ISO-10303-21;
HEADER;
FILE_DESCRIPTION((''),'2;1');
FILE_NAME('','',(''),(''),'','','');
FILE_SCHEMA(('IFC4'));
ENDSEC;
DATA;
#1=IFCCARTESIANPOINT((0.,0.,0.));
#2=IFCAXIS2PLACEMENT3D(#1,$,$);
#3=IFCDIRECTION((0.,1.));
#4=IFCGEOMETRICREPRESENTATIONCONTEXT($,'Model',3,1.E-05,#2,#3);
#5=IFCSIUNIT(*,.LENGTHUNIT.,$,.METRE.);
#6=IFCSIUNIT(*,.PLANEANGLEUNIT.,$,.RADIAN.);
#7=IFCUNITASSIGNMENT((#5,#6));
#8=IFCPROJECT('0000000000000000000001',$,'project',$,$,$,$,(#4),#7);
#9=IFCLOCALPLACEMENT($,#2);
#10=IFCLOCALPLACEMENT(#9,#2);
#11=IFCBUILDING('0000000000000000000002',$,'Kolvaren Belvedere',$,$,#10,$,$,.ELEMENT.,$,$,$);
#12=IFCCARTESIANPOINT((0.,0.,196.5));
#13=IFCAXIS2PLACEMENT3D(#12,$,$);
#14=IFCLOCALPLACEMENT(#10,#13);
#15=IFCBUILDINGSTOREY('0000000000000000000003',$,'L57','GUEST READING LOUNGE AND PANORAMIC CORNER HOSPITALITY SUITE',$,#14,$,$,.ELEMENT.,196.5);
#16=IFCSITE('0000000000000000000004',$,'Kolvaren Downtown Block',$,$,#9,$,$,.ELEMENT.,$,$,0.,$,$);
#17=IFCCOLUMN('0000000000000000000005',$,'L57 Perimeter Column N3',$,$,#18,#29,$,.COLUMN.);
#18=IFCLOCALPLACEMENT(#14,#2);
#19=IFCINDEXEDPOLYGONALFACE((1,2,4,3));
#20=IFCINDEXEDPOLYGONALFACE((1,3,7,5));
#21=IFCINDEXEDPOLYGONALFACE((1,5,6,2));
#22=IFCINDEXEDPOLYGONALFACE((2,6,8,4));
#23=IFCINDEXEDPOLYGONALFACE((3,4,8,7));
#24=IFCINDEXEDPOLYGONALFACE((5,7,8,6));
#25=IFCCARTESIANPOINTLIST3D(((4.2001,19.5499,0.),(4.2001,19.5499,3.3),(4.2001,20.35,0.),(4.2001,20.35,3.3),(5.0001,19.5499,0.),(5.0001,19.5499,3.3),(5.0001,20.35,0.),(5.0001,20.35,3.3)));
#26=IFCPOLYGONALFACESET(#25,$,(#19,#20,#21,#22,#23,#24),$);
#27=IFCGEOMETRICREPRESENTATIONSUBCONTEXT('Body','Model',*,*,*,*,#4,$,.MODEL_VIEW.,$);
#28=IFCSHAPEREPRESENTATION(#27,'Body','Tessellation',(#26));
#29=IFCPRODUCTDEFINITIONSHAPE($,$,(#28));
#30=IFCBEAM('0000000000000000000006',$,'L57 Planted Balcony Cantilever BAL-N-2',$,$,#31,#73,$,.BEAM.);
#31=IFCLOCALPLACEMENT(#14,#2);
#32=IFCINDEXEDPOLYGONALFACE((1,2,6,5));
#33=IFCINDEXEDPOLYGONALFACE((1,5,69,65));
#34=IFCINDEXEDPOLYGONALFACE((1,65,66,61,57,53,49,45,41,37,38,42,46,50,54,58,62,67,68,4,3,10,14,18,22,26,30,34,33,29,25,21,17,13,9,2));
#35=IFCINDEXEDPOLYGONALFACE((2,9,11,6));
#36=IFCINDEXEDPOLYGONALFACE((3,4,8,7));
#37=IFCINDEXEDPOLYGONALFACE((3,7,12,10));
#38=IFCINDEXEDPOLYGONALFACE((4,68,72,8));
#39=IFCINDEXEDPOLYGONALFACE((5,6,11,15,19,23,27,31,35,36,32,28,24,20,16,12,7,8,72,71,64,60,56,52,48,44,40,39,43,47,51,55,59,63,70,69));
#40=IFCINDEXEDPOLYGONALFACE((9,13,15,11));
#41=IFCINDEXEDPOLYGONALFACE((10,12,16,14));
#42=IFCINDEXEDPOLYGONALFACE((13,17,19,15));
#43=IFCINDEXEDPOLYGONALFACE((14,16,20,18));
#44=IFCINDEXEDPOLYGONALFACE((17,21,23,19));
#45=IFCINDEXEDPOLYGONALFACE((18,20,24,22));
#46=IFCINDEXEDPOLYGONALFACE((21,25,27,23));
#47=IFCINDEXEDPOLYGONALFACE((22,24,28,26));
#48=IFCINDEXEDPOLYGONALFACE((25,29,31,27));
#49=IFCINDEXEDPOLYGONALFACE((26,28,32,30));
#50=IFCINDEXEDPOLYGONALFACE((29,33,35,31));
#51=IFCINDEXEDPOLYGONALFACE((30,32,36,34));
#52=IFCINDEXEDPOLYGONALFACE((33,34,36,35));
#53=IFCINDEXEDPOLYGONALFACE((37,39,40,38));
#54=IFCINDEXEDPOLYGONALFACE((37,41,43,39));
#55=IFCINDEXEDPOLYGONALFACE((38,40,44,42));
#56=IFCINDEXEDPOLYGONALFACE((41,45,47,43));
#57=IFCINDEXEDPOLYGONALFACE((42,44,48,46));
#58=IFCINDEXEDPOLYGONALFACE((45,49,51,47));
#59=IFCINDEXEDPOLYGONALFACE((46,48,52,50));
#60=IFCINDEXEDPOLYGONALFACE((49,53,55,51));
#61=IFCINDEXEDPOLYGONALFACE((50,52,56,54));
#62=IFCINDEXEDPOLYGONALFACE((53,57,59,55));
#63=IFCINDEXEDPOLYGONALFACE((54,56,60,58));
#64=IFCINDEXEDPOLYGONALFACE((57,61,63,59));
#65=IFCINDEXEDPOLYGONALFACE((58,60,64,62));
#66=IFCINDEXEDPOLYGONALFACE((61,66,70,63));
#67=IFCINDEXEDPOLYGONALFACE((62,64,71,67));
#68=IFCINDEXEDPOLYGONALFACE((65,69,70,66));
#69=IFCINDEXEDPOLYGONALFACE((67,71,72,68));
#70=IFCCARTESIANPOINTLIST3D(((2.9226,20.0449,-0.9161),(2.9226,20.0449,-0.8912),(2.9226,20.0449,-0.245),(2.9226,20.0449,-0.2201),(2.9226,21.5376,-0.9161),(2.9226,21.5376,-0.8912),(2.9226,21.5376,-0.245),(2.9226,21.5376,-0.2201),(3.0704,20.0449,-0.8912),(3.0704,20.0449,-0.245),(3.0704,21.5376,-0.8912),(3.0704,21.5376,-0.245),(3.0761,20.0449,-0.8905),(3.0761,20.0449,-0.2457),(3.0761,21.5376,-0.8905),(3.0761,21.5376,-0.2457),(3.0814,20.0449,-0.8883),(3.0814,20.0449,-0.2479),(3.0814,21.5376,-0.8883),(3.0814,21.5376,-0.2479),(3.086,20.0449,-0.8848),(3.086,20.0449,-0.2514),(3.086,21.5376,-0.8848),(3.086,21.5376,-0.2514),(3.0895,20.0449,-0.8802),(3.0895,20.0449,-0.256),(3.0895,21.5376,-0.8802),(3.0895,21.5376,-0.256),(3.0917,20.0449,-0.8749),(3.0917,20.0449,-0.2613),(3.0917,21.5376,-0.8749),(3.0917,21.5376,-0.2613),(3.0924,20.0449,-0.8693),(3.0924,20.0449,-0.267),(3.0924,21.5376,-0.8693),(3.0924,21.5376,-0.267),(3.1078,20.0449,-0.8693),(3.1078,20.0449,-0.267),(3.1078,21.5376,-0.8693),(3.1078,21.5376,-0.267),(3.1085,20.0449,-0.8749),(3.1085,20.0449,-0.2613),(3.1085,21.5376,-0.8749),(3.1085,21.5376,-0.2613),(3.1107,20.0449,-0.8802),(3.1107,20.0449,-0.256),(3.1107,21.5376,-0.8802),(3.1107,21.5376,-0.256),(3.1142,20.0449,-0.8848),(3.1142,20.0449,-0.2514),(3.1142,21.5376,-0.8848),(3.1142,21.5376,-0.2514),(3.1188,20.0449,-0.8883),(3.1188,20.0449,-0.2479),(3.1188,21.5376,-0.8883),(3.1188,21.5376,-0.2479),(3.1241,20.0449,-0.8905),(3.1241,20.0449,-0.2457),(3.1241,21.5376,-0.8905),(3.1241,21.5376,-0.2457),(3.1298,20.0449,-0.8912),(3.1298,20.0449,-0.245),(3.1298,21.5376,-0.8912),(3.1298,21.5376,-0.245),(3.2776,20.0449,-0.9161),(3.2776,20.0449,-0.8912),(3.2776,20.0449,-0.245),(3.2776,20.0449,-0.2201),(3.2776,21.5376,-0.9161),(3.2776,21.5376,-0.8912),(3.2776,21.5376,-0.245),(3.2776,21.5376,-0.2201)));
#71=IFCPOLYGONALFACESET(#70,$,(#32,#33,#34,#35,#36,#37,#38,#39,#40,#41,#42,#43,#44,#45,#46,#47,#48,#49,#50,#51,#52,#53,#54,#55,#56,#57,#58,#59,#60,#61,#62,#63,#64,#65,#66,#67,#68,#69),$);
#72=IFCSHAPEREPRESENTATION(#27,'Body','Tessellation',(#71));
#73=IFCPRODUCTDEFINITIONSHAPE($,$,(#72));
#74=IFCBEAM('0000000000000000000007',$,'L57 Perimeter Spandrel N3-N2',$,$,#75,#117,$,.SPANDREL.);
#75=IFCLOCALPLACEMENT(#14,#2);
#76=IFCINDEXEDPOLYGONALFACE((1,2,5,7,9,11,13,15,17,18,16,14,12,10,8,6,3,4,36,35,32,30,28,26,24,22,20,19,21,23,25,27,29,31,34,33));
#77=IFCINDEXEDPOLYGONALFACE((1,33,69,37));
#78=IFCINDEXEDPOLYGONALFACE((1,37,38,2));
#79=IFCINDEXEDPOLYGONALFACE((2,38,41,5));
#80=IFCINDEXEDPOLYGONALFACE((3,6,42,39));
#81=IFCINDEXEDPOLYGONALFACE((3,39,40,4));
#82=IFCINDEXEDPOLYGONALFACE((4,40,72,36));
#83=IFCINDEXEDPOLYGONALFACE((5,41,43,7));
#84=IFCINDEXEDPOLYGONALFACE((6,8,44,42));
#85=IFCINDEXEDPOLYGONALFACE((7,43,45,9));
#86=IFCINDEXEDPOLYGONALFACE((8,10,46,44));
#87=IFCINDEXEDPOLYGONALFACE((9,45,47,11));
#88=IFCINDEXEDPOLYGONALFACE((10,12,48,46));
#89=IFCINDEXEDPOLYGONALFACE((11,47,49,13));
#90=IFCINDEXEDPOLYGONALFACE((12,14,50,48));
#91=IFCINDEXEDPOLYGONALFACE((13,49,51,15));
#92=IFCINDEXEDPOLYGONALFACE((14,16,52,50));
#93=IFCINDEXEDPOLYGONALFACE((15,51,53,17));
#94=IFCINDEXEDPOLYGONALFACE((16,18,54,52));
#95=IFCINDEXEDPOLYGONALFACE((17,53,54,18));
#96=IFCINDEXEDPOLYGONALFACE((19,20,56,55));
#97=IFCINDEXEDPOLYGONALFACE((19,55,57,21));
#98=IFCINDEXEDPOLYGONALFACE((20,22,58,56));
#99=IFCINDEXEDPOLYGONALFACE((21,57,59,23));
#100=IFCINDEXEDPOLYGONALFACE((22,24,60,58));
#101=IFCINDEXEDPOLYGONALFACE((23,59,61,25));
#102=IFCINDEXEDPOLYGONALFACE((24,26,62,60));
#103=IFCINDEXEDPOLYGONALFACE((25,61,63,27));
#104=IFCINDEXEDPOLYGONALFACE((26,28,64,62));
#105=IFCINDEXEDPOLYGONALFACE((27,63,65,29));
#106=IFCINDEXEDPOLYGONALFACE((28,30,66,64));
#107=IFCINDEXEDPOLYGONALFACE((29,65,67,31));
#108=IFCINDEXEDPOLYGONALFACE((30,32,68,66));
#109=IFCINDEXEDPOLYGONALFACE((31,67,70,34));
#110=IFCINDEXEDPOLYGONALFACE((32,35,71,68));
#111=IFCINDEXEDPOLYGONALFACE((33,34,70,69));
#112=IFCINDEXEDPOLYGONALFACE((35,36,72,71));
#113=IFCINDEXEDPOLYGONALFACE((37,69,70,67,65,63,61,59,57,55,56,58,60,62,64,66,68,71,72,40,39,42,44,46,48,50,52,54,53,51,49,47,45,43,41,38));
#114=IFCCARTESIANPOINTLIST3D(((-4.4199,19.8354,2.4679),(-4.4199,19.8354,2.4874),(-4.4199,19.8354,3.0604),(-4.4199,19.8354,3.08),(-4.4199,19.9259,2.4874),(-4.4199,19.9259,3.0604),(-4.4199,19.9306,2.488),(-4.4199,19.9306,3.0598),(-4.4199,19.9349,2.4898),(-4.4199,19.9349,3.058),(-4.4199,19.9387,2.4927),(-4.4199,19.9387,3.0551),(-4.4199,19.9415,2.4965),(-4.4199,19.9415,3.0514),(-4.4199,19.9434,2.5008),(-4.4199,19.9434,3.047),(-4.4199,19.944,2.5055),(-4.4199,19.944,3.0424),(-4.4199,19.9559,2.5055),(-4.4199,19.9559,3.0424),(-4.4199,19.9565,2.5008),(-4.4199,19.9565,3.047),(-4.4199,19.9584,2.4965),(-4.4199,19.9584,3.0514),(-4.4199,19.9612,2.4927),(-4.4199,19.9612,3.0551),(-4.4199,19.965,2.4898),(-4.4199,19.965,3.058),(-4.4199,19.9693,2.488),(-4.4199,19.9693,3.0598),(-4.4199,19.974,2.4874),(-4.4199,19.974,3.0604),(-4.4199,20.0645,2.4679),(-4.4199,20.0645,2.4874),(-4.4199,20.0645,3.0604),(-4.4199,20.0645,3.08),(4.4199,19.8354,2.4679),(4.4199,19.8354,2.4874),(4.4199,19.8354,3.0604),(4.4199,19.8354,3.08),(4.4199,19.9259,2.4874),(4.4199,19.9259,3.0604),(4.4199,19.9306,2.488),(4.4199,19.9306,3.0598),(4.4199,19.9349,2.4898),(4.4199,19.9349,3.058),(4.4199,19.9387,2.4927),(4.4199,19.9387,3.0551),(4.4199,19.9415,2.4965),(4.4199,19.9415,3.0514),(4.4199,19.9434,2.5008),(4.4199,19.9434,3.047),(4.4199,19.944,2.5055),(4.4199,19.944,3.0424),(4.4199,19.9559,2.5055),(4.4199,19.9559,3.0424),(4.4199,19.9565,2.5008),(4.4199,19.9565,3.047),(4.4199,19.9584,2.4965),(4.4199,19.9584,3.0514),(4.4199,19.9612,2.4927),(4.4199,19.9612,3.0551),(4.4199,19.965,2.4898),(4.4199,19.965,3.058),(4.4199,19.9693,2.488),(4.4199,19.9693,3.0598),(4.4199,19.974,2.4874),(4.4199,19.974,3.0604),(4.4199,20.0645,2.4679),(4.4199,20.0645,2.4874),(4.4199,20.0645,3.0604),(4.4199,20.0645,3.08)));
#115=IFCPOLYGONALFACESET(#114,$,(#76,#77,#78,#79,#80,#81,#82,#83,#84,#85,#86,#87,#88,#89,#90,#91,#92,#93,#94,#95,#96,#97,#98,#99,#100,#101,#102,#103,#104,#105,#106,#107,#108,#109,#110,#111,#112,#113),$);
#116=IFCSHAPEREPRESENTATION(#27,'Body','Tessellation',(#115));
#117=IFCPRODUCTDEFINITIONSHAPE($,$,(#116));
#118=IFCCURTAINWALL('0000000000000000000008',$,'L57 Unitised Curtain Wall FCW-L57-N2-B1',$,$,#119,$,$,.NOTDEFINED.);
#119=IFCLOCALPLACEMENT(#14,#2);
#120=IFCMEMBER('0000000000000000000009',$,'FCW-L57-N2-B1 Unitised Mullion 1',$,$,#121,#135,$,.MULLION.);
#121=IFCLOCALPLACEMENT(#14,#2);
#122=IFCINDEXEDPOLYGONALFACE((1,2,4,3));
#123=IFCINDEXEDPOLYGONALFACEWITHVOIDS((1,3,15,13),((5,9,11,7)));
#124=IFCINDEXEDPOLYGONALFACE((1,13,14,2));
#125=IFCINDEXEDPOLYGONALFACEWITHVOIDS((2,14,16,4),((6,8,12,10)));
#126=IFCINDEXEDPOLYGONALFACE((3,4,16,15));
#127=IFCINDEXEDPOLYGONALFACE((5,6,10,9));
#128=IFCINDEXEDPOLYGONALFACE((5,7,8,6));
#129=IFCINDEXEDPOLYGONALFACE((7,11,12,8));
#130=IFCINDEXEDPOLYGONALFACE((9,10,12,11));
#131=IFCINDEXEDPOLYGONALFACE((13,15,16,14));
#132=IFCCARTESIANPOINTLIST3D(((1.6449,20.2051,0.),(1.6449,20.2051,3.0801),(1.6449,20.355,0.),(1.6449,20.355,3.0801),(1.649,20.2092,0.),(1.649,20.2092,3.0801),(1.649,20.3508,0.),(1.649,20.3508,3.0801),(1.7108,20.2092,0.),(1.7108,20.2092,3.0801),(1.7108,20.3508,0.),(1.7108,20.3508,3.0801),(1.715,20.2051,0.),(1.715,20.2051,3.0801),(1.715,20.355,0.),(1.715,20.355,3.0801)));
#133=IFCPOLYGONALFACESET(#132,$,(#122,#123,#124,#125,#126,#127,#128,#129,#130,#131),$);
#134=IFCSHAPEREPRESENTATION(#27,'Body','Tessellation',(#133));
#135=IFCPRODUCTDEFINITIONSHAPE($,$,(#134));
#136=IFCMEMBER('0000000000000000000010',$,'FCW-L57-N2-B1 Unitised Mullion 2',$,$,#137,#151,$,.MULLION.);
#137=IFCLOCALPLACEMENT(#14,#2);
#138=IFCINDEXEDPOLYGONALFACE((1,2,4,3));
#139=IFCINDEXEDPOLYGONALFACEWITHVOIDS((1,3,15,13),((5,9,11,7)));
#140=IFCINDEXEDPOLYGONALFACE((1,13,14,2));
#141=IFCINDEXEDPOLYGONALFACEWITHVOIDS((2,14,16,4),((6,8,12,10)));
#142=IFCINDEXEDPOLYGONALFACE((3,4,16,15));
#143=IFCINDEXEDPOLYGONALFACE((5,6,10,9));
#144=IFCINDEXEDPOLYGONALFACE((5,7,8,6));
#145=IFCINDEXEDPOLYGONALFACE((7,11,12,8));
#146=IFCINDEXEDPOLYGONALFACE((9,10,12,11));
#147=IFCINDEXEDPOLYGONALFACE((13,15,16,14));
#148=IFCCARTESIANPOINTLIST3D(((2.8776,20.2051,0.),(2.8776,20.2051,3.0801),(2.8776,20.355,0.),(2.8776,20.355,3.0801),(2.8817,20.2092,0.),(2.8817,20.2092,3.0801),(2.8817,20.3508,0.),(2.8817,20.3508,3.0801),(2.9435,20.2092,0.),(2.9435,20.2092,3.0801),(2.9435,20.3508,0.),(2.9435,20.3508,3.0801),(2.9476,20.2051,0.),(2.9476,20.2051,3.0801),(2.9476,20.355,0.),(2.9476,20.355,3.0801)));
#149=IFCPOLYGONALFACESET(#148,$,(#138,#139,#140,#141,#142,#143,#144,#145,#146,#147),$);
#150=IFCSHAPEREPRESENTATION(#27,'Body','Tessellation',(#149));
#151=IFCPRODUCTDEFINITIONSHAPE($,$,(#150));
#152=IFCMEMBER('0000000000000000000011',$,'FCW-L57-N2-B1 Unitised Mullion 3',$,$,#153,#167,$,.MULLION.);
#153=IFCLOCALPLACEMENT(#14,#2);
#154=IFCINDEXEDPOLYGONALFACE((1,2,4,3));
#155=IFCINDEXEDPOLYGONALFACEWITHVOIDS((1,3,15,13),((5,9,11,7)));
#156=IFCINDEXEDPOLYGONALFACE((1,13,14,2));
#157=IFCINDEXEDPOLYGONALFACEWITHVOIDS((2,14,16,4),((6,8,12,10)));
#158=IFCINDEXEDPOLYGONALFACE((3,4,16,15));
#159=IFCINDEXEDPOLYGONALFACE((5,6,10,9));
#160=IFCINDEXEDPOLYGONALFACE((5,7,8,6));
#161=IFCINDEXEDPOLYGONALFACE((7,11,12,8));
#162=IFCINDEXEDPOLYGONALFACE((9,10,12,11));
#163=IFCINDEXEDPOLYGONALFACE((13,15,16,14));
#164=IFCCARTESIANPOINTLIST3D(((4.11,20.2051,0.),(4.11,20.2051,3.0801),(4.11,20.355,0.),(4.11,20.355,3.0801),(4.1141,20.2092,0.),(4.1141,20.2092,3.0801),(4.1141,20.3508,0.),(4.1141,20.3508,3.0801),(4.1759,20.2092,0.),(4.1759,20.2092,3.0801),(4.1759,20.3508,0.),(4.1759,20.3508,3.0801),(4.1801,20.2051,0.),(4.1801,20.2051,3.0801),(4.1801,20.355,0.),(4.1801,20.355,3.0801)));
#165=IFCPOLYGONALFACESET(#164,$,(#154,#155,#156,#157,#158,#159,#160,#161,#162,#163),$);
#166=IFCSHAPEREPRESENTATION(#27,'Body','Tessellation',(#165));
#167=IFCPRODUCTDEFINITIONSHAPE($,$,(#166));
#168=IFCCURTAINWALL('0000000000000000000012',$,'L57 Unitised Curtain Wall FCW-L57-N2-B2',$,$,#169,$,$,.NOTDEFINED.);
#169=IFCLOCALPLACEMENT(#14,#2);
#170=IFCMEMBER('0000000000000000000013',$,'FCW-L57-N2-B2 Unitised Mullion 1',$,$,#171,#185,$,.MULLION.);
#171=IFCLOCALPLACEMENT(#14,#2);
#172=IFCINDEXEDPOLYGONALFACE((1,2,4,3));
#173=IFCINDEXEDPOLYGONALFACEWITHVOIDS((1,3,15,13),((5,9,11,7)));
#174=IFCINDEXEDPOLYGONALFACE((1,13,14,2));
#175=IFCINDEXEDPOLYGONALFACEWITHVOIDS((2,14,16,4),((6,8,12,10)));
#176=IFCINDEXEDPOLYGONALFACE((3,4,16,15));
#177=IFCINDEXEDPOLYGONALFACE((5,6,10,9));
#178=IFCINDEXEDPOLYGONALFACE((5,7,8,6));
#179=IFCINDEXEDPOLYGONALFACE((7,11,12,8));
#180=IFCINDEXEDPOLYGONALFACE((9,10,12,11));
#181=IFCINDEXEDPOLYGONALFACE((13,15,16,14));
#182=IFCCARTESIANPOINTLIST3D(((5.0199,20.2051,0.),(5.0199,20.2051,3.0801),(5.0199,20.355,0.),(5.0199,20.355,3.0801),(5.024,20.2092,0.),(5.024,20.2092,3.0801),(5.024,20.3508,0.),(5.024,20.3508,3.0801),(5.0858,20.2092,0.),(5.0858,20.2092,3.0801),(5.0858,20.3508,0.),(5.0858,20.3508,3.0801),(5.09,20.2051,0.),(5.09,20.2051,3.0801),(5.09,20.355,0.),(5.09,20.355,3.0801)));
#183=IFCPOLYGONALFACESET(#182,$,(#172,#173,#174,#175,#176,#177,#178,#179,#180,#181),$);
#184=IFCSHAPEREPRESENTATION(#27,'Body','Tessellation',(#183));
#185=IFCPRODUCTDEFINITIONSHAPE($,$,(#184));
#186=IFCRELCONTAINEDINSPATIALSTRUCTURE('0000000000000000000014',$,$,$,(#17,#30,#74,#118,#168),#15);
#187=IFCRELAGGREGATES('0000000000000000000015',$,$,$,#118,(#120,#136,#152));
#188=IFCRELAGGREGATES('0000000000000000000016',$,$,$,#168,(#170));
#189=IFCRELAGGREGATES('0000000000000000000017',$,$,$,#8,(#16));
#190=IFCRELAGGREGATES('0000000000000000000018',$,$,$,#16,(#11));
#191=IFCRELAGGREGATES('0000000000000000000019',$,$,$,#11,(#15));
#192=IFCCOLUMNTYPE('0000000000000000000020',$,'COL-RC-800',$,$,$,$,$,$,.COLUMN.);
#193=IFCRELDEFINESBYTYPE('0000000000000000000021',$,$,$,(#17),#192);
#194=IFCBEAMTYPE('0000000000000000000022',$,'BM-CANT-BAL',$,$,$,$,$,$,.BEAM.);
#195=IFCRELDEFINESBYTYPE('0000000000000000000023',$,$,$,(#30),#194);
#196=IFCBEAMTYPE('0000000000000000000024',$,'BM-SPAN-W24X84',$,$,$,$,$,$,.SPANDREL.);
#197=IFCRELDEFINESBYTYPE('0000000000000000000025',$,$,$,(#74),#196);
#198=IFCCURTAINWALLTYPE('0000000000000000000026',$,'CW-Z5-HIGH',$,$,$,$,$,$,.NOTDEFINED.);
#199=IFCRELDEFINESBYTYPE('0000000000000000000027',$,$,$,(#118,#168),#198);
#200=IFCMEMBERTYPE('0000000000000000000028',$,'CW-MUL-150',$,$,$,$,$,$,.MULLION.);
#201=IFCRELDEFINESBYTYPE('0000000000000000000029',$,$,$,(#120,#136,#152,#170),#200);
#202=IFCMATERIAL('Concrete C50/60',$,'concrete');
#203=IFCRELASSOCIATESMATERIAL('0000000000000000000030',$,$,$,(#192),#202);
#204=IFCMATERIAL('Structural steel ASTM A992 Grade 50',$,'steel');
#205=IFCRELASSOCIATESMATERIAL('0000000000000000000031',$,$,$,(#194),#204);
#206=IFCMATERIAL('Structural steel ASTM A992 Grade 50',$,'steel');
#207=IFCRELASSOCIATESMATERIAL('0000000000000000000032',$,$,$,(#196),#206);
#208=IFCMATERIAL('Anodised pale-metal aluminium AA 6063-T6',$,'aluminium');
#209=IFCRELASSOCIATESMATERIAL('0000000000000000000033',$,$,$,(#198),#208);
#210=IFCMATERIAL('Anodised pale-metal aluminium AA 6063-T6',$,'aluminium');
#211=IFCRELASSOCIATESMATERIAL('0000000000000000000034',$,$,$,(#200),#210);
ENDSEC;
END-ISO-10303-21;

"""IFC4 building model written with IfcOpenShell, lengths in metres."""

from ifc_helpers import new_model, si_unit, direction, frame, origin, origin_2d, place, context, subcontext, project, spatial, rectangle, hollow_rectangle, i_section, extrude, material, material_profile, profile_set, type_object, element, aggregate, save


model = new_model("IFC4")

# Units and contexts
model_context = context("Model", 3, precision=1e-05, world=origin(), true_north=direction((0.0, 1.0)))
body_context = subcontext(model_context, "Body", "Model", "MODEL_VIEW")
ifc_project = project(units=[si_unit("LENGTHUNIT", "METRE"), si_unit("PLANEANGLEUNIT", "RADIAN")], contexts=[model_context])

# Site, building, storey
site_placement = place(None, origin())
site = spatial("IfcSite", under=ifc_project, at=site_placement, Name="Kolvaren Downtown Block", CompositionType="ELEMENT", RefElevation=0.0)
building_placement = place(site_placement, origin())
building = spatial("IfcBuilding", under=site, at=building_placement, Name="Kolvaren Belvedere", CompositionType="ELEMENT")
storey_placement = place(building_placement, frame((0.0, 0.0, 196.5)))
storey = spatial("IfcBuildingStorey", under=building, at=storey_placement, Name="L57", Description="GUEST READING LOUNGE AND PANORAMIC CORNER HOSPITALITY SUITE", CompositionType="ELEMENT", Elevation=196.5)

# Column
ifc_material_1 = material(Name="Concrete C50/60", Category="concrete")
ifc_material_profile_1 = material_profile(ifc_material_1, rectangle(XDim=0.8, YDim=0.8, at=origin_2d()), Name="RC 800X800")
ifc_profile_set_1 = profile_set([ifc_material_profile_1], Name="Concrete C50/60")
column_type = type_object("IfcColumnType", Name="COL-RC-800", PredefinedType="COLUMN", material=ifc_profile_set_1)
column_placement = place(storey_placement, frame((4.6001, 19.95, 0.0), z_axis=(0.0, 0.0, 1.0), x_axis=(1.0, 0.0, 0.0)))
element("IfcColumn", 1, at=column_placement, inside=storey, type_object=column_type, Name="L57 Perimeter Column N3", PredefinedType="COLUMN", context=body_context, shape_type="SweptSolid", body=[
    extrude(rectangle(XDim=0.8, YDim=0.8, at=origin_2d()), origin(), (0.0, 0.0, 1.0), 3.3),
])

# Beams
ifc_material_2 = material(Name="Structural steel ASTM A992 Grade 50", Category="steel")
ifc_material_profile_2 = material_profile(ifc_material_2, i_section(OverallWidth=0.355, OverallDepth=0.696, WebThickness=0.0154, FlangeThickness=0.0249, FilletRadius=0.022, at=origin_2d()), Name="W27X146")
ifc_profile_set_2 = profile_set([ifc_material_profile_2], Name="Structural steel ASTM A992 Grade 50")
beam_type_1 = type_object("IfcBeamType", Name="BM-CANT-BAL", PredefinedType="BEAM", material=ifc_profile_set_2)
beam_1_placement = place(storey_placement, frame((3.1001, 20.0449, -0.5681), z_axis=(0.0, 1.0, 0.0), x_axis=(-1.0, 0.0, 0.0)))
element("IfcBeam", 2, at=beam_1_placement, inside=storey, type_object=beam_type_1, Name="L57 Planted Balcony Cantilever BAL-N-2", PredefinedType="BEAM", context=body_context, shape_type="SweptSolid", body=[
    extrude(i_section(OverallWidth=0.355, OverallDepth=0.696, WebThickness=0.0154, FlangeThickness=0.0249, FilletRadius=0.022, at=origin_2d()), origin(), (0.0, 0.0, 1.0), 1.4927),
])
ifc_material_3 = material(Name="Structural steel ASTM A992 Grade 50", Category="steel")
ifc_material_profile_3 = material_profile(ifc_material_3, i_section(OverallWidth=0.229, OverallDepth=0.6121, WebThickness=0.012, FlangeThickness=0.0195, FilletRadius=0.0181, at=origin_2d()), Name="W24X84")
ifc_profile_set_3 = profile_set([ifc_material_profile_3], Name="Structural steel ASTM A992 Grade 50")
beam_type_2 = type_object("IfcBeamType", Name="BM-SPAN-W24X84", PredefinedType="SPANDREL", material=ifc_profile_set_3)
beam_2_placement = place(storey_placement, frame((4.4199, 19.95, 2.7739), z_axis=(-1.0, 0.0, 0.0), x_axis=(0.0, -1.0, 0.0)))
element("IfcBeam", 3, at=beam_2_placement, inside=storey, type_object=beam_type_2, Name="L57 Perimeter Spandrel N3-N2", PredefinedType="SPANDREL", context=body_context, shape_type="SweptSolid", body=[
    extrude(i_section(OverallWidth=0.229, OverallDepth=0.6121, WebThickness=0.012, FlangeThickness=0.0195, FilletRadius=0.0181, at=origin_2d()), origin(), (0.0, 0.0, 1.0), 8.8398),
])

# Curtain wall, members
ifc_material_4 = material(Name="Anodised pale-metal aluminium AA 6063-T6", Category="aluminium")
curtain_wall_type = type_object("IfcCurtainWallType", Name="CW-Z5-HIGH", PredefinedType="NOTDEFINED", material=ifc_material_4)
curtain_wall_1_placement = place(storey_placement, origin())
curtain_wall_1 = element("IfcCurtainWall", 4, at=curtain_wall_1_placement, inside=storey, type_object=curtain_wall_type, Name="L57 Unitised Curtain Wall FCW-L57-N2-B1", PredefinedType="NOTDEFINED")
ifc_material_5 = material(Name="Anodised pale-metal aluminium AA 6063-T6", Category="aluminium")
ifc_material_profile_4 = material_profile(ifc_material_5, hollow_rectangle(XDim=0.0701, YDim=0.1499, WallThickness=0.0042, at=origin_2d()), Name="ALU-MUL-150X70")
ifc_profile_set_4 = profile_set([ifc_material_profile_4], Name="Anodised pale-metal aluminium AA 6063-T6")
member_type_1 = type_object("IfcMemberType", Name="CW-MUL-150", PredefinedType="MULLION", material=ifc_profile_set_4)
member_1_placement = place(storey_placement, frame((1.6799, 20.28, 0.0), z_axis=(0.0, 0.0, 1.0), x_axis=(1.0, 0.0, 0.0)))
member_1 = element("IfcMember", 5, at=member_1_placement, type_object=member_type_1, Name="FCW-L57-N2-B1 Unitised Mullion 1", PredefinedType="MULLION", context=body_context, shape_type="SweptSolid", body=[
    extrude(hollow_rectangle(XDim=0.0701, YDim=0.1499, WallThickness=0.0042, at=origin_2d()), origin(), (0.0, 0.0, 1.0), 3.0801),
])
member_2_placement = place(storey_placement, frame((2.9126, 20.28, 0.0), z_axis=(0.0, 0.0, 1.0), x_axis=(1.0, 0.0, 0.0)))
member_2 = element("IfcMember", 6, at=member_2_placement, type_object=member_type_1, Name="FCW-L57-N2-B1 Unitised Mullion 2", PredefinedType="MULLION", context=body_context, shape_type="SweptSolid", body=[
    extrude(hollow_rectangle(XDim=0.0701, YDim=0.1499, WallThickness=0.0042, at=origin_2d()), origin(), (0.0, 0.0, 1.0), 3.0801),
])
member_3_placement = place(storey_placement, frame((4.145, 20.28, 0.0), z_axis=(0.0, 0.0, 1.0), x_axis=(1.0, 0.0, 0.0)))
member_3 = element("IfcMember", 7, at=member_3_placement, type_object=member_type_1, Name="FCW-L57-N2-B1 Unitised Mullion 3", PredefinedType="MULLION", context=body_context, shape_type="SweptSolid", body=[
    extrude(hollow_rectangle(XDim=0.0701, YDim=0.1499, WallThickness=0.0042, at=origin_2d()), origin(), (0.0, 0.0, 1.0), 3.0801),
])

# Curtain wall, member
curtain_wall_2_placement = place(storey_placement, origin())
curtain_wall_2 = element("IfcCurtainWall", 8, at=curtain_wall_2_placement, inside=storey, type_object=curtain_wall_type, Name="L57 Unitised Curtain Wall FCW-L57-N2-B2", PredefinedType="NOTDEFINED")
member_4_placement = place(storey_placement, frame((5.0549, 20.28, 0.0), z_axis=(0.0, 0.0, 1.0), x_axis=(1.0, 0.0, 0.0)))
member_4 = element("IfcMember", 9, at=member_4_placement, type_object=member_type_1, Name="FCW-L57-N2-B2 Unitised Mullion 1", PredefinedType="MULLION", context=body_context, shape_type="SweptSolid", body=[
    extrude(hollow_rectangle(XDim=0.0701, YDim=0.1499, WallThickness=0.0042, at=origin_2d()), origin(), (0.0, 0.0, 1.0), 3.0801),
])

aggregate(curtain_wall_1, [member_1, member_2, member_3])
aggregate(curtain_wall_2, [member_4])

save(model, "model.ifc")
